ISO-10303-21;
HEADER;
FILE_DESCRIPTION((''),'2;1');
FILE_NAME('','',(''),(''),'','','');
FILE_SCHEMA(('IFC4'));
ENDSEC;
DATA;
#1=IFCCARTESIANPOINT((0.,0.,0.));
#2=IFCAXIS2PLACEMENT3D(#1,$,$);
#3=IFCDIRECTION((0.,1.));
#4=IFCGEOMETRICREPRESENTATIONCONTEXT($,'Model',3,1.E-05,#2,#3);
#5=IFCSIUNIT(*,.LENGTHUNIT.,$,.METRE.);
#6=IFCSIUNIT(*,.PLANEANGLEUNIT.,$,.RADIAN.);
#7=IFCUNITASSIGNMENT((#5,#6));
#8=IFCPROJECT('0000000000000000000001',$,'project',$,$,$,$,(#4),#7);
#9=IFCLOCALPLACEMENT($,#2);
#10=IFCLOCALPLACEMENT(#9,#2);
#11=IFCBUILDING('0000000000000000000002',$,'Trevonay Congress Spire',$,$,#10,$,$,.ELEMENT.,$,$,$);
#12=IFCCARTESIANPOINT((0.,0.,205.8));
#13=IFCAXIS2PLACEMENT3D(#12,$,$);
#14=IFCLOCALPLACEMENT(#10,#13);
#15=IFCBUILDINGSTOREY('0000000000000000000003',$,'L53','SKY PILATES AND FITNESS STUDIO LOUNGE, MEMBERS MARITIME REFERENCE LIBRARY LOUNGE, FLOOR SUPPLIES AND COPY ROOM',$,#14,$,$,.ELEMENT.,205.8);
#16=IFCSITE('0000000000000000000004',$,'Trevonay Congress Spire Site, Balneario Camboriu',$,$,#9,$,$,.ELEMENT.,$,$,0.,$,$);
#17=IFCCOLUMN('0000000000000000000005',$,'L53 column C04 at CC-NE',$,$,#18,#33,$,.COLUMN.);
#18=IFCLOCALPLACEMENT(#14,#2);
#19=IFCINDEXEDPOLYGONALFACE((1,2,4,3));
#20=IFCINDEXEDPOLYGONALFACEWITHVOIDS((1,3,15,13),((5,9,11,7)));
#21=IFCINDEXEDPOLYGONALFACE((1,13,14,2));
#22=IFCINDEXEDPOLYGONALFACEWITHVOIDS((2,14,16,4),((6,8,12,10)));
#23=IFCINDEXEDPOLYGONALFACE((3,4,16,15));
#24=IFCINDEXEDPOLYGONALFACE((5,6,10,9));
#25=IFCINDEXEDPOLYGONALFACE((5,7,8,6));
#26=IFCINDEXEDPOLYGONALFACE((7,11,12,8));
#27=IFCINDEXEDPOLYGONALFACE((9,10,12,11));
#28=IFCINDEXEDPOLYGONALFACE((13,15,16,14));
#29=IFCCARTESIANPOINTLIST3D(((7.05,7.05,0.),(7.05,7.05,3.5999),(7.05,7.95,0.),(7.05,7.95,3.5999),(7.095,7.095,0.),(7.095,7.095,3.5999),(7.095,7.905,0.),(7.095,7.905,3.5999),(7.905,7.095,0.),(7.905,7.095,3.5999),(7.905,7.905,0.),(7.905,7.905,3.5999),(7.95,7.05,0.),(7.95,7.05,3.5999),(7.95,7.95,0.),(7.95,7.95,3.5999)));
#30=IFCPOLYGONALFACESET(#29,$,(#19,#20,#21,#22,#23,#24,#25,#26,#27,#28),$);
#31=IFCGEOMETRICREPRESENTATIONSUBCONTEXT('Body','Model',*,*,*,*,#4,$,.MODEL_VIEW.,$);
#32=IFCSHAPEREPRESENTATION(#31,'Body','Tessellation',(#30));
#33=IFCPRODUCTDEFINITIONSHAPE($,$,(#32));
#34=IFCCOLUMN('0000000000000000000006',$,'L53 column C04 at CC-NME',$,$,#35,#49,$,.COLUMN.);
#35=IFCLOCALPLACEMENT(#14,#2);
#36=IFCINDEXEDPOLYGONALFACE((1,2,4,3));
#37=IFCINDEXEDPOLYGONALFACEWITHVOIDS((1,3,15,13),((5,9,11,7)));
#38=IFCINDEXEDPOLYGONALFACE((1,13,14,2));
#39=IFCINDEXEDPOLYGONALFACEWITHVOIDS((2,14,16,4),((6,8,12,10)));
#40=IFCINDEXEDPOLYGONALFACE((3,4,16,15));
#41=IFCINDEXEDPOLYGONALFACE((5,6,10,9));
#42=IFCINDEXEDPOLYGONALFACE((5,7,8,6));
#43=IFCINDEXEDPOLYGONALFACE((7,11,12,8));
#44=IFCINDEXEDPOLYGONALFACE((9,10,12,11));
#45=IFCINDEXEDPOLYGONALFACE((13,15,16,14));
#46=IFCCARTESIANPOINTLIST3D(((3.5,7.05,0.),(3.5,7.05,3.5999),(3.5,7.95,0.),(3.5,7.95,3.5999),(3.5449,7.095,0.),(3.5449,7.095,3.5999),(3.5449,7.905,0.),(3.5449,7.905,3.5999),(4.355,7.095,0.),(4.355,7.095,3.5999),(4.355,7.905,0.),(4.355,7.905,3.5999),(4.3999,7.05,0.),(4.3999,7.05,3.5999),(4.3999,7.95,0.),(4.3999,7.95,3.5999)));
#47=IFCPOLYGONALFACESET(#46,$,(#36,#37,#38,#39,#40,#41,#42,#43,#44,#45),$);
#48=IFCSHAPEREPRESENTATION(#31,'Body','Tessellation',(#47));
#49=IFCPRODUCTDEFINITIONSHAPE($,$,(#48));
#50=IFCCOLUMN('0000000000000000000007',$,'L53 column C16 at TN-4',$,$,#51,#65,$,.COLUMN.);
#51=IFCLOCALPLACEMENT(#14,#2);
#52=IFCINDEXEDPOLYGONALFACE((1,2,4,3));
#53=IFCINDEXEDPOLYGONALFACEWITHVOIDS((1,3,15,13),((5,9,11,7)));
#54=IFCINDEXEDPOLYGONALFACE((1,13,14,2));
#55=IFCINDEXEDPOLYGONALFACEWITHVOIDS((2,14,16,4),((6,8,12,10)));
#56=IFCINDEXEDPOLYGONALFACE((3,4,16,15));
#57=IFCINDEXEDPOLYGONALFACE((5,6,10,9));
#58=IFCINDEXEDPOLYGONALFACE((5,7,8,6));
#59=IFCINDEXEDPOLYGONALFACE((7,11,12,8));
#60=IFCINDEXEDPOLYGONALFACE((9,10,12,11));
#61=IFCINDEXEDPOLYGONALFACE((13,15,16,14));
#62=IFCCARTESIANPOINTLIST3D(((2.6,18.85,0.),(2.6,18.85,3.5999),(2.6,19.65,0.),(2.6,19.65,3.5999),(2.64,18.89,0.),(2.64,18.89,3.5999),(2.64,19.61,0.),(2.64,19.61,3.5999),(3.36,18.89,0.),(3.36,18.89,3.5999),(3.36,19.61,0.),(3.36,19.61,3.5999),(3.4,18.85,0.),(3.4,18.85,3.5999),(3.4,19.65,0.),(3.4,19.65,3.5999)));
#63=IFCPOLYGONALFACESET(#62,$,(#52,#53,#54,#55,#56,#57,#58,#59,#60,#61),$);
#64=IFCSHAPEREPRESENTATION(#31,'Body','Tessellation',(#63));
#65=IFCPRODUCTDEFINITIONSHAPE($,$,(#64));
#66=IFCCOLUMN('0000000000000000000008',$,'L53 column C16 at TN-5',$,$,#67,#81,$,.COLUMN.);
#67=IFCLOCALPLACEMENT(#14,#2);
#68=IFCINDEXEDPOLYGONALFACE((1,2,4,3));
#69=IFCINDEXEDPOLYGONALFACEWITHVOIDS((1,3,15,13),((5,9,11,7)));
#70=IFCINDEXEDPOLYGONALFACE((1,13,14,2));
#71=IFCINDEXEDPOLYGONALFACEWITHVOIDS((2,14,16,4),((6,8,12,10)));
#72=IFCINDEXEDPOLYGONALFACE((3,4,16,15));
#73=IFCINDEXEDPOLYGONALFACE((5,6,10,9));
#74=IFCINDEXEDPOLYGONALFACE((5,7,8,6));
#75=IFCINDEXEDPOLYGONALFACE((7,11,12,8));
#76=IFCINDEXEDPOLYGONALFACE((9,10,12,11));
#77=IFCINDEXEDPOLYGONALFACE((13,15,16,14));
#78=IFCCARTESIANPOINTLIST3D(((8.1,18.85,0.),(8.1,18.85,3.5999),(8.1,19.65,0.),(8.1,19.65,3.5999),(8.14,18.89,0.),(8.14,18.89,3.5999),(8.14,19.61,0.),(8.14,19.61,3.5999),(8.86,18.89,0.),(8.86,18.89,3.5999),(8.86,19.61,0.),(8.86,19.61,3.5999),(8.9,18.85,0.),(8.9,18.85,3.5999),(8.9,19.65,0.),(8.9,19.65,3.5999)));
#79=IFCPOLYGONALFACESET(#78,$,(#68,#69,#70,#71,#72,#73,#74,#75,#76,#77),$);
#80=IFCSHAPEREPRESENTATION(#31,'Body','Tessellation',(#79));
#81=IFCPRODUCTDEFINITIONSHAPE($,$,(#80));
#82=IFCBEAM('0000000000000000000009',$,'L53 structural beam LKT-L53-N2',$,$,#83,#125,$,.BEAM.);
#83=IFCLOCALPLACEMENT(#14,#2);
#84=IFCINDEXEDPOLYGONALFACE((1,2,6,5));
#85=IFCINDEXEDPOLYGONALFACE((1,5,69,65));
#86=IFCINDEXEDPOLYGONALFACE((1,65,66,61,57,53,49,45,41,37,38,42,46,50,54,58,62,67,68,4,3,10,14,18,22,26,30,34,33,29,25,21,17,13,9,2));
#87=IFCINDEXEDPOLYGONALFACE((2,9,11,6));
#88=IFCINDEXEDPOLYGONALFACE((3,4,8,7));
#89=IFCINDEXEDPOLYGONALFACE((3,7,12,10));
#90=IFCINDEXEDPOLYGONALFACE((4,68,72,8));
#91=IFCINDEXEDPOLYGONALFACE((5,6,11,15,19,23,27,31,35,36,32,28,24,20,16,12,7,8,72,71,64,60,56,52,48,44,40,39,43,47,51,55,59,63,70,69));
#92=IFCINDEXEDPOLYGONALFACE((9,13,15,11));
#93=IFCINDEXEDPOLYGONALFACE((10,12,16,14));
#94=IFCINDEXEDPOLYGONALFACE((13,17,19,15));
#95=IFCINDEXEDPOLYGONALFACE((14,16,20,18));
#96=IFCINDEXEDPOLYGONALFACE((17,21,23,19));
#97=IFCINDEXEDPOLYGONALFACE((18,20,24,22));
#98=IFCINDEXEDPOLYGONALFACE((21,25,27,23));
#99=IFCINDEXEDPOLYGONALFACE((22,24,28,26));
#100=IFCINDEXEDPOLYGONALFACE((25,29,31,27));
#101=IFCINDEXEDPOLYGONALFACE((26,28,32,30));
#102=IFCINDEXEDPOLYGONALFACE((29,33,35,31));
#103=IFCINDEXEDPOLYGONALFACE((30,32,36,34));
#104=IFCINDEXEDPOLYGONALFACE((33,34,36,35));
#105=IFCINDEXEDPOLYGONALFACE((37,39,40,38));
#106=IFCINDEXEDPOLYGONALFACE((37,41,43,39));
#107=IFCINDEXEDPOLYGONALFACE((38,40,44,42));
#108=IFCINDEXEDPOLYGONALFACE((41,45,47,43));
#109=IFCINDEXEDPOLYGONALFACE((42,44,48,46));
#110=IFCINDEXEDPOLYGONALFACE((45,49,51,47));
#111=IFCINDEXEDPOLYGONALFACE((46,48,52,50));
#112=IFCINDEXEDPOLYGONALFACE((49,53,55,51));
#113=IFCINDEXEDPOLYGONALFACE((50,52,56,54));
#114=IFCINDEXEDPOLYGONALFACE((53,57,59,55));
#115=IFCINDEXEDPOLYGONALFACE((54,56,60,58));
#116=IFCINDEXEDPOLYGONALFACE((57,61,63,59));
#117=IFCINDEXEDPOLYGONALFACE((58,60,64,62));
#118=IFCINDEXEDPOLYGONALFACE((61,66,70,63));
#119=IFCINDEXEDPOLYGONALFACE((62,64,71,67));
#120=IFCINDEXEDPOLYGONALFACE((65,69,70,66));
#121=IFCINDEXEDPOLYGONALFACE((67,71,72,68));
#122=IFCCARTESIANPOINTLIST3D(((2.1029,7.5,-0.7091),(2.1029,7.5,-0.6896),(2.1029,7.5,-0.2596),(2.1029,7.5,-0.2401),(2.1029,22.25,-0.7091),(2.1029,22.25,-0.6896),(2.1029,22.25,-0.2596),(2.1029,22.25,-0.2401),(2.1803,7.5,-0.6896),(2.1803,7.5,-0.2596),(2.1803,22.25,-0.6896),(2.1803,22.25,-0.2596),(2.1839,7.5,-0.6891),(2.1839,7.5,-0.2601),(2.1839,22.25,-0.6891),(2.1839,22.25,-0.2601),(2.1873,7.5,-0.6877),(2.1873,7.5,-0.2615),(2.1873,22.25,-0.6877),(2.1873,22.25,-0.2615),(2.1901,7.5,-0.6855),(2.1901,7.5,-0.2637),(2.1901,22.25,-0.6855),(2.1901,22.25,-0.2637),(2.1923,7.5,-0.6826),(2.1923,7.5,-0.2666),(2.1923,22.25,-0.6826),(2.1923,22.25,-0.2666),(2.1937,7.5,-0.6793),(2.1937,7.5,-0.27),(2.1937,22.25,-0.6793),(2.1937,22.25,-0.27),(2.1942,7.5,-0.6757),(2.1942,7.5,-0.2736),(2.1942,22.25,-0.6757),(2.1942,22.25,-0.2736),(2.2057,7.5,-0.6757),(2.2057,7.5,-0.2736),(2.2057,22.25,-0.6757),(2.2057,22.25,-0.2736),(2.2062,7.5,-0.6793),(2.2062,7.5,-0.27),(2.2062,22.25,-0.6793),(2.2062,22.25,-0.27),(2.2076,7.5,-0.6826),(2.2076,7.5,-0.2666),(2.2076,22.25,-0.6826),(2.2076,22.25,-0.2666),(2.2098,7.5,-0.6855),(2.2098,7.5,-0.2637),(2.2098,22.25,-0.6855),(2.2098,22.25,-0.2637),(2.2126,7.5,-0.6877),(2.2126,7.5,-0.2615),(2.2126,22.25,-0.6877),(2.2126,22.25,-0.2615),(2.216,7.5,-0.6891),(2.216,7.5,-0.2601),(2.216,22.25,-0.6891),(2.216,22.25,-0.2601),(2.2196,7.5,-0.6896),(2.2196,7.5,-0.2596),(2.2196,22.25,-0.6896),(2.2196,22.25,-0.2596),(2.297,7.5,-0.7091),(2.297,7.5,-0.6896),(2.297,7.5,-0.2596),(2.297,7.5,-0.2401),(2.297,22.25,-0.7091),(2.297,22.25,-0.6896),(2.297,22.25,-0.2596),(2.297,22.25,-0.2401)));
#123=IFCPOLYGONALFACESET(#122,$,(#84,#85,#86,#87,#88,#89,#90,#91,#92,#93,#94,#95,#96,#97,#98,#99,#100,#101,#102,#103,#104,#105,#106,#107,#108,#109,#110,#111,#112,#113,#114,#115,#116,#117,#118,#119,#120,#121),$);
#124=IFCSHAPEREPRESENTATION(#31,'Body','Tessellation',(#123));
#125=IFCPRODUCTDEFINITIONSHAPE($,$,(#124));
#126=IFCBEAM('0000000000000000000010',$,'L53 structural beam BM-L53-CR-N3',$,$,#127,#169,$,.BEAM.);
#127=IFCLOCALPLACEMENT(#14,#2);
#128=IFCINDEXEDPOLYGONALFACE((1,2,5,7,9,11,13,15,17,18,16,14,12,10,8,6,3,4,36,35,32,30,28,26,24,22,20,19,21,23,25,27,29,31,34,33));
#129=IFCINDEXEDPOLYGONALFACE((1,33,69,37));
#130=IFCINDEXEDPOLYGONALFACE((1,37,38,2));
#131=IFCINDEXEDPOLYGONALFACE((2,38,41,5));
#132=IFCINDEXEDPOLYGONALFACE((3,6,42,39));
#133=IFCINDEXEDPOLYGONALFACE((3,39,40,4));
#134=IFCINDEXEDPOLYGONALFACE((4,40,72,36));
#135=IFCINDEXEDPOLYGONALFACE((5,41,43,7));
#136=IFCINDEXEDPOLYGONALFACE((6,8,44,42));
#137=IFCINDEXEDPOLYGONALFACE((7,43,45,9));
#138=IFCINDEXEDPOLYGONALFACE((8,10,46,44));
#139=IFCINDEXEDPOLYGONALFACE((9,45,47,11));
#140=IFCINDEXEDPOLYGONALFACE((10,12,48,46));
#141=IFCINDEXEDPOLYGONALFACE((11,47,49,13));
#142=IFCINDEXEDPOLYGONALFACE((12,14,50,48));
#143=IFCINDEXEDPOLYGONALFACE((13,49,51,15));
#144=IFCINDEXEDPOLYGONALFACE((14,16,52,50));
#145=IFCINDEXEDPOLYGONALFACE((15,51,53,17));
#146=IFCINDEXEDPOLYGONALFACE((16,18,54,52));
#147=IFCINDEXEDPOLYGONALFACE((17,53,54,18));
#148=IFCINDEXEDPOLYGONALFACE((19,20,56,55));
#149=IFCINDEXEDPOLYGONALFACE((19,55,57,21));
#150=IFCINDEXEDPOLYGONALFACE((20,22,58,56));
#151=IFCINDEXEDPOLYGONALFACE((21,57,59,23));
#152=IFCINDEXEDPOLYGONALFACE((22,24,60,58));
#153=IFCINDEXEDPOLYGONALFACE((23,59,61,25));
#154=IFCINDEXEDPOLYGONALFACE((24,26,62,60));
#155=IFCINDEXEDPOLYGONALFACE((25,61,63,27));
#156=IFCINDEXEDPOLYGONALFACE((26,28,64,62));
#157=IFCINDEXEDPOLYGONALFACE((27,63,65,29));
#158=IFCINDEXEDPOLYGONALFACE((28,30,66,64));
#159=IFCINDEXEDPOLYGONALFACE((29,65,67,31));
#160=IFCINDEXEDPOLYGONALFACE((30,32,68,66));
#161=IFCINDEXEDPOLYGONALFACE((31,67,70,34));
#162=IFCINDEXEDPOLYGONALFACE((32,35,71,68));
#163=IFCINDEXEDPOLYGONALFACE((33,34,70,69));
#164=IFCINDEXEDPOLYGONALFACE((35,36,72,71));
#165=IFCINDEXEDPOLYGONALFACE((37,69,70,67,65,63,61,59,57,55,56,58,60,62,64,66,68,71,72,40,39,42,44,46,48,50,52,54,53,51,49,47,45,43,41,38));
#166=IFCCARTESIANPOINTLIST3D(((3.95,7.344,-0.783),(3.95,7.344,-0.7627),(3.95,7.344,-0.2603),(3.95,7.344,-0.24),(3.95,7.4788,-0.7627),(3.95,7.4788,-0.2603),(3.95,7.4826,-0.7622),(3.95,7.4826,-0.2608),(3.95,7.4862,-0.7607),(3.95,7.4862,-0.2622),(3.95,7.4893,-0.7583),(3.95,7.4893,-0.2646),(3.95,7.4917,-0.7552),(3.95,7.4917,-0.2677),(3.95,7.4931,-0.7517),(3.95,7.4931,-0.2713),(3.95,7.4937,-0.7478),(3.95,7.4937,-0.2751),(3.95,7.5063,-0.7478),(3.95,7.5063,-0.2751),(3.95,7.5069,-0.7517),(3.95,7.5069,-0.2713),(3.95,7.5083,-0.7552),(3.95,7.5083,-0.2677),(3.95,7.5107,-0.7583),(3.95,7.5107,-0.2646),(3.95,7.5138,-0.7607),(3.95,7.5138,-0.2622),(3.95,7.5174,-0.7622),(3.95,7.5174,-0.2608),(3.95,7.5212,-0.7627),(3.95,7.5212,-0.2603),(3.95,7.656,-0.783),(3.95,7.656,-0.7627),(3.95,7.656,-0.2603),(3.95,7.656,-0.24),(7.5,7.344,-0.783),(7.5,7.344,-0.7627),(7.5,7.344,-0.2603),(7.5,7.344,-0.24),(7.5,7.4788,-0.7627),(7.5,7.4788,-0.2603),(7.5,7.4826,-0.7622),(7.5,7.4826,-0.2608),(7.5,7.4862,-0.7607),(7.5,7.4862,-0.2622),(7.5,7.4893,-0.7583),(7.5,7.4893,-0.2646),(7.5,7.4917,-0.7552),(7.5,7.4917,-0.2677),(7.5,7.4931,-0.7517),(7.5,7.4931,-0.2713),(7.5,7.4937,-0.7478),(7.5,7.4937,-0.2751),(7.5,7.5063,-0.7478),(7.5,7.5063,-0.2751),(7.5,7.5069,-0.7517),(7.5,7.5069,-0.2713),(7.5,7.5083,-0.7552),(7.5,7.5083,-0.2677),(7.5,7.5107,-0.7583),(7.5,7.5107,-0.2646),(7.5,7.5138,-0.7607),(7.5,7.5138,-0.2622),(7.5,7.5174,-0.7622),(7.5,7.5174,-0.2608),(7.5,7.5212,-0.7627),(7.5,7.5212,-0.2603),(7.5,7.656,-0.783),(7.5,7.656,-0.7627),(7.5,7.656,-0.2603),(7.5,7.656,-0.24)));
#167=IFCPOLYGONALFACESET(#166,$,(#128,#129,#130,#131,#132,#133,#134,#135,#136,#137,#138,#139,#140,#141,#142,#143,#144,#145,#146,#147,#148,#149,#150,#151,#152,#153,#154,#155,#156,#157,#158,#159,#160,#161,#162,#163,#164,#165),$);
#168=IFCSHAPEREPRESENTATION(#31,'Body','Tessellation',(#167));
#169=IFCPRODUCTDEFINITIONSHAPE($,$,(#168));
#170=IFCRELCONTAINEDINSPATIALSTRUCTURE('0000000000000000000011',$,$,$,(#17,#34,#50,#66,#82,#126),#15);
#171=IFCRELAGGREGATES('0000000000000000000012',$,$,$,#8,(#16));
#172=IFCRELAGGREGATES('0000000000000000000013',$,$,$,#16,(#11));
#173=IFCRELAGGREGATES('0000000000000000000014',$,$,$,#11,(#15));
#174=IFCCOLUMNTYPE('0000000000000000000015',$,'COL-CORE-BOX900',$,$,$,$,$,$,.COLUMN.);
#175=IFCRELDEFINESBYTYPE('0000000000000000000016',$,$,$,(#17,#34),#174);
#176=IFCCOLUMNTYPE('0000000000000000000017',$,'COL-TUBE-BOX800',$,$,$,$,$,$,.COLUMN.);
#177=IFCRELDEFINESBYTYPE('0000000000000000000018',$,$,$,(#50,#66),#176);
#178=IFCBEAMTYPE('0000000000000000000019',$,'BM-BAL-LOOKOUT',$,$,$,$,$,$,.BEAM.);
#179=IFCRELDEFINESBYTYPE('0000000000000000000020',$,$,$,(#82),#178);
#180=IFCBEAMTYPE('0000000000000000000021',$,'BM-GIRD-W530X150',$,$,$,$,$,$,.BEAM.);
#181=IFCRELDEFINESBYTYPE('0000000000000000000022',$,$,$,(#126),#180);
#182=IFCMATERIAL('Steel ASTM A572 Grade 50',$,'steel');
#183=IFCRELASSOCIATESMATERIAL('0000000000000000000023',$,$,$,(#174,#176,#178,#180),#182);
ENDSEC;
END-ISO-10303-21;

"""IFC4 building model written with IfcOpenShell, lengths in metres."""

from ifc_helpers import new_model, si_unit, direction, frame, origin, origin_2d, place, context, subcontext, project, spatial, hollow_rectangle, i_section, extrude, material, material_profile, profile_set, type_object, element, save


model = new_model("IFC4")

# Units and contexts
model_context = context("Model", 3, precision=1e-05, world=origin(), true_north=direction((0.0, 1.0)))
body_context = subcontext(model_context, "Body", "Model", "MODEL_VIEW")
ifc_project = project(units=[si_unit("LENGTHUNIT", "METRE"), si_unit("PLANEANGLEUNIT", "RADIAN")], contexts=[model_context])

# Site, building, storey
site_placement = place(None, origin())
site = spatial("IfcSite", under=ifc_project, at=site_placement, Name="Trevonay Congress Spire Site, Balneario Camboriu", CompositionType="ELEMENT", RefElevation=0.0)
building_placement = place(site_placement, origin())
building = spatial("IfcBuilding", under=site, at=building_placement, Name="Trevonay Congress Spire", CompositionType="ELEMENT")
storey_placement = place(building_placement, frame((0.0, 0.0, 205.8)))
storey = spatial("IfcBuildingStorey", under=building, at=storey_placement, Name="L53", Description="SKY PILATES AND FITNESS STUDIO LOUNGE, MEMBERS MARITIME REFERENCE LIBRARY LOUNGE, FLOOR SUPPLIES AND COPY ROOM", CompositionType="ELEMENT", Elevation=205.8)

# Columns
ifc_material_1 = material(Name="Steel ASTM A572 Grade 50", Category="steel")
ifc_material_profile_1 = material_profile(ifc_material_1, hollow_rectangle(XDim=0.8999, YDim=0.8999, WallThickness=0.0449, at=origin_2d()), Name="BOX 900x900x45")
ifc_profile_set_1 = profile_set([ifc_material_profile_1], Name="Steel ASTM A572 Grade 50")
column_type_1 = type_object("IfcColumnType", Name="COL-CORE-BOX900", PredefinedType="COLUMN", material=ifc_profile_set_1)
for number, where, z_axis, x_axis, name in (
    (1, (7.5, 7.5, 0.0), (0.0, 0.0, 1.0), (1.0, 0.0, 0.0), "L53 column C04 at CC-NE"),
    (2, (3.95, 7.5, 0.0), (0.0, 0.0, 1.0), (1.0, 0.0, 0.0), "L53 column C04 at CC-NME"),
):
    element("IfcColumn", number, at=place(storey_placement, frame(where, z_axis=z_axis, x_axis=x_axis)), inside=storey, type_object=column_type_1, Name=name, PredefinedType="COLUMN", context=body_context, shape_type="SweptSolid", body=[
        extrude(hollow_rectangle(XDim=0.8999, YDim=0.8999, WallThickness=0.0449, at=origin_2d()), origin(), (0.0, 0.0, 1.0), 3.5999),
    ])
ifc_material_profile_2 = material_profile(ifc_material_1, hollow_rectangle(XDim=0.8, YDim=0.8, WallThickness=0.04, at=origin_2d()), Name="BOX 800x800x40")
ifc_profile_set_2 = profile_set([ifc_material_profile_2], Name="Steel ASTM A572 Grade 50")
column_type_2 = type_object("IfcColumnType", Name="COL-TUBE-BOX800", PredefinedType="COLUMN", material=ifc_profile_set_2)
for number, where, z_axis, x_axis, name in (
    (3, (3.0, 19.25, 0.0), (0.0, 0.0, 1.0), (1.0, 0.0, 0.0), "L53 column C16 at TN-4"),
    (4, (8.5, 19.25, 0.0), (0.0, 0.0, 1.0), (1.0, 0.0, 0.0), "L53 column C16 at TN-5"),
):
    element("IfcColumn", number, at=place(storey_placement, frame(where, z_axis=z_axis, x_axis=x_axis)), inside=storey, type_object=column_type_2, Name=name, PredefinedType="COLUMN", context=body_context, shape_type="SweptSolid", body=[
        extrude(hollow_rectangle(XDim=0.8, YDim=0.8, WallThickness=0.04, at=origin_2d()), origin(), (0.0, 0.0, 1.0), 3.5999),
    ])

# Beams
ifc_material_profile_3 = material_profile(ifc_material_1, i_section(OverallWidth=0.1941, OverallDepth=0.469, WebThickness=0.0115, FlangeThickness=0.0195, FilletRadius=0.0139, at=origin_2d()), Name="W460x106")
ifc_profile_set_3 = profile_set([ifc_material_profile_3], Name="Steel ASTM A572 Grade 50")
beam_type_1 = type_object("IfcBeamType", Name="BM-BAL-LOOKOUT", PredefinedType="BEAM", material=ifc_profile_set_3)
beam_1_placement = place(storey_placement, frame((2.2, 7.5, -0.4746), z_axis=(0.0, 1.0, 0.0), x_axis=(-1.0, 0.0, 0.0)))
element("IfcBeam", 5, at=beam_1_placement, inside=storey, type_object=beam_type_1, Name="L53 structural beam LKT-L53-N2", PredefinedType="BEAM", context=body_context, shape_type="SweptSolid", body=[
    extrude(i_section(OverallWidth=0.1941, OverallDepth=0.469, WebThickness=0.0115, FlangeThickness=0.0195, FilletRadius=0.0139, at=origin_2d()), origin(), (0.0, 0.0, 1.0), 14.75),
])
ifc_material_profile_4 = material_profile(ifc_material_1, i_section(OverallWidth=0.312, OverallDepth=0.543, WebThickness=0.0127, FlangeThickness=0.0203, FilletRadius=0.0149, at=origin_2d()), Name="W530x150")
ifc_profile_set_4 = profile_set([ifc_material_profile_4], Name="Steel ASTM A572 Grade 50")
beam_type_2 = type_object("IfcBeamType", Name="BM-GIRD-W530X150", PredefinedType="BEAM", material=ifc_profile_set_4)
beam_2_placement = place(storey_placement, frame((3.95, 7.5, -0.5115), z_axis=(1.0, 0.0, 0.0), x_axis=(0.0, 1.0, 0.0)))
element("IfcBeam", 6, at=beam_2_placement, inside=storey, type_object=beam_type_2, Name="L53 structural beam BM-L53-CR-N3", PredefinedType="BEAM", context=body_context, shape_type="SweptSolid", body=[
    extrude(i_section(OverallWidth=0.312, OverallDepth=0.543, WebThickness=0.0127, FlangeThickness=0.0203, FilletRadius=0.0149, at=origin_2d()), origin(), (0.0, 0.0, 1.0), 3.55),
])

save(model, "model.ifc")
